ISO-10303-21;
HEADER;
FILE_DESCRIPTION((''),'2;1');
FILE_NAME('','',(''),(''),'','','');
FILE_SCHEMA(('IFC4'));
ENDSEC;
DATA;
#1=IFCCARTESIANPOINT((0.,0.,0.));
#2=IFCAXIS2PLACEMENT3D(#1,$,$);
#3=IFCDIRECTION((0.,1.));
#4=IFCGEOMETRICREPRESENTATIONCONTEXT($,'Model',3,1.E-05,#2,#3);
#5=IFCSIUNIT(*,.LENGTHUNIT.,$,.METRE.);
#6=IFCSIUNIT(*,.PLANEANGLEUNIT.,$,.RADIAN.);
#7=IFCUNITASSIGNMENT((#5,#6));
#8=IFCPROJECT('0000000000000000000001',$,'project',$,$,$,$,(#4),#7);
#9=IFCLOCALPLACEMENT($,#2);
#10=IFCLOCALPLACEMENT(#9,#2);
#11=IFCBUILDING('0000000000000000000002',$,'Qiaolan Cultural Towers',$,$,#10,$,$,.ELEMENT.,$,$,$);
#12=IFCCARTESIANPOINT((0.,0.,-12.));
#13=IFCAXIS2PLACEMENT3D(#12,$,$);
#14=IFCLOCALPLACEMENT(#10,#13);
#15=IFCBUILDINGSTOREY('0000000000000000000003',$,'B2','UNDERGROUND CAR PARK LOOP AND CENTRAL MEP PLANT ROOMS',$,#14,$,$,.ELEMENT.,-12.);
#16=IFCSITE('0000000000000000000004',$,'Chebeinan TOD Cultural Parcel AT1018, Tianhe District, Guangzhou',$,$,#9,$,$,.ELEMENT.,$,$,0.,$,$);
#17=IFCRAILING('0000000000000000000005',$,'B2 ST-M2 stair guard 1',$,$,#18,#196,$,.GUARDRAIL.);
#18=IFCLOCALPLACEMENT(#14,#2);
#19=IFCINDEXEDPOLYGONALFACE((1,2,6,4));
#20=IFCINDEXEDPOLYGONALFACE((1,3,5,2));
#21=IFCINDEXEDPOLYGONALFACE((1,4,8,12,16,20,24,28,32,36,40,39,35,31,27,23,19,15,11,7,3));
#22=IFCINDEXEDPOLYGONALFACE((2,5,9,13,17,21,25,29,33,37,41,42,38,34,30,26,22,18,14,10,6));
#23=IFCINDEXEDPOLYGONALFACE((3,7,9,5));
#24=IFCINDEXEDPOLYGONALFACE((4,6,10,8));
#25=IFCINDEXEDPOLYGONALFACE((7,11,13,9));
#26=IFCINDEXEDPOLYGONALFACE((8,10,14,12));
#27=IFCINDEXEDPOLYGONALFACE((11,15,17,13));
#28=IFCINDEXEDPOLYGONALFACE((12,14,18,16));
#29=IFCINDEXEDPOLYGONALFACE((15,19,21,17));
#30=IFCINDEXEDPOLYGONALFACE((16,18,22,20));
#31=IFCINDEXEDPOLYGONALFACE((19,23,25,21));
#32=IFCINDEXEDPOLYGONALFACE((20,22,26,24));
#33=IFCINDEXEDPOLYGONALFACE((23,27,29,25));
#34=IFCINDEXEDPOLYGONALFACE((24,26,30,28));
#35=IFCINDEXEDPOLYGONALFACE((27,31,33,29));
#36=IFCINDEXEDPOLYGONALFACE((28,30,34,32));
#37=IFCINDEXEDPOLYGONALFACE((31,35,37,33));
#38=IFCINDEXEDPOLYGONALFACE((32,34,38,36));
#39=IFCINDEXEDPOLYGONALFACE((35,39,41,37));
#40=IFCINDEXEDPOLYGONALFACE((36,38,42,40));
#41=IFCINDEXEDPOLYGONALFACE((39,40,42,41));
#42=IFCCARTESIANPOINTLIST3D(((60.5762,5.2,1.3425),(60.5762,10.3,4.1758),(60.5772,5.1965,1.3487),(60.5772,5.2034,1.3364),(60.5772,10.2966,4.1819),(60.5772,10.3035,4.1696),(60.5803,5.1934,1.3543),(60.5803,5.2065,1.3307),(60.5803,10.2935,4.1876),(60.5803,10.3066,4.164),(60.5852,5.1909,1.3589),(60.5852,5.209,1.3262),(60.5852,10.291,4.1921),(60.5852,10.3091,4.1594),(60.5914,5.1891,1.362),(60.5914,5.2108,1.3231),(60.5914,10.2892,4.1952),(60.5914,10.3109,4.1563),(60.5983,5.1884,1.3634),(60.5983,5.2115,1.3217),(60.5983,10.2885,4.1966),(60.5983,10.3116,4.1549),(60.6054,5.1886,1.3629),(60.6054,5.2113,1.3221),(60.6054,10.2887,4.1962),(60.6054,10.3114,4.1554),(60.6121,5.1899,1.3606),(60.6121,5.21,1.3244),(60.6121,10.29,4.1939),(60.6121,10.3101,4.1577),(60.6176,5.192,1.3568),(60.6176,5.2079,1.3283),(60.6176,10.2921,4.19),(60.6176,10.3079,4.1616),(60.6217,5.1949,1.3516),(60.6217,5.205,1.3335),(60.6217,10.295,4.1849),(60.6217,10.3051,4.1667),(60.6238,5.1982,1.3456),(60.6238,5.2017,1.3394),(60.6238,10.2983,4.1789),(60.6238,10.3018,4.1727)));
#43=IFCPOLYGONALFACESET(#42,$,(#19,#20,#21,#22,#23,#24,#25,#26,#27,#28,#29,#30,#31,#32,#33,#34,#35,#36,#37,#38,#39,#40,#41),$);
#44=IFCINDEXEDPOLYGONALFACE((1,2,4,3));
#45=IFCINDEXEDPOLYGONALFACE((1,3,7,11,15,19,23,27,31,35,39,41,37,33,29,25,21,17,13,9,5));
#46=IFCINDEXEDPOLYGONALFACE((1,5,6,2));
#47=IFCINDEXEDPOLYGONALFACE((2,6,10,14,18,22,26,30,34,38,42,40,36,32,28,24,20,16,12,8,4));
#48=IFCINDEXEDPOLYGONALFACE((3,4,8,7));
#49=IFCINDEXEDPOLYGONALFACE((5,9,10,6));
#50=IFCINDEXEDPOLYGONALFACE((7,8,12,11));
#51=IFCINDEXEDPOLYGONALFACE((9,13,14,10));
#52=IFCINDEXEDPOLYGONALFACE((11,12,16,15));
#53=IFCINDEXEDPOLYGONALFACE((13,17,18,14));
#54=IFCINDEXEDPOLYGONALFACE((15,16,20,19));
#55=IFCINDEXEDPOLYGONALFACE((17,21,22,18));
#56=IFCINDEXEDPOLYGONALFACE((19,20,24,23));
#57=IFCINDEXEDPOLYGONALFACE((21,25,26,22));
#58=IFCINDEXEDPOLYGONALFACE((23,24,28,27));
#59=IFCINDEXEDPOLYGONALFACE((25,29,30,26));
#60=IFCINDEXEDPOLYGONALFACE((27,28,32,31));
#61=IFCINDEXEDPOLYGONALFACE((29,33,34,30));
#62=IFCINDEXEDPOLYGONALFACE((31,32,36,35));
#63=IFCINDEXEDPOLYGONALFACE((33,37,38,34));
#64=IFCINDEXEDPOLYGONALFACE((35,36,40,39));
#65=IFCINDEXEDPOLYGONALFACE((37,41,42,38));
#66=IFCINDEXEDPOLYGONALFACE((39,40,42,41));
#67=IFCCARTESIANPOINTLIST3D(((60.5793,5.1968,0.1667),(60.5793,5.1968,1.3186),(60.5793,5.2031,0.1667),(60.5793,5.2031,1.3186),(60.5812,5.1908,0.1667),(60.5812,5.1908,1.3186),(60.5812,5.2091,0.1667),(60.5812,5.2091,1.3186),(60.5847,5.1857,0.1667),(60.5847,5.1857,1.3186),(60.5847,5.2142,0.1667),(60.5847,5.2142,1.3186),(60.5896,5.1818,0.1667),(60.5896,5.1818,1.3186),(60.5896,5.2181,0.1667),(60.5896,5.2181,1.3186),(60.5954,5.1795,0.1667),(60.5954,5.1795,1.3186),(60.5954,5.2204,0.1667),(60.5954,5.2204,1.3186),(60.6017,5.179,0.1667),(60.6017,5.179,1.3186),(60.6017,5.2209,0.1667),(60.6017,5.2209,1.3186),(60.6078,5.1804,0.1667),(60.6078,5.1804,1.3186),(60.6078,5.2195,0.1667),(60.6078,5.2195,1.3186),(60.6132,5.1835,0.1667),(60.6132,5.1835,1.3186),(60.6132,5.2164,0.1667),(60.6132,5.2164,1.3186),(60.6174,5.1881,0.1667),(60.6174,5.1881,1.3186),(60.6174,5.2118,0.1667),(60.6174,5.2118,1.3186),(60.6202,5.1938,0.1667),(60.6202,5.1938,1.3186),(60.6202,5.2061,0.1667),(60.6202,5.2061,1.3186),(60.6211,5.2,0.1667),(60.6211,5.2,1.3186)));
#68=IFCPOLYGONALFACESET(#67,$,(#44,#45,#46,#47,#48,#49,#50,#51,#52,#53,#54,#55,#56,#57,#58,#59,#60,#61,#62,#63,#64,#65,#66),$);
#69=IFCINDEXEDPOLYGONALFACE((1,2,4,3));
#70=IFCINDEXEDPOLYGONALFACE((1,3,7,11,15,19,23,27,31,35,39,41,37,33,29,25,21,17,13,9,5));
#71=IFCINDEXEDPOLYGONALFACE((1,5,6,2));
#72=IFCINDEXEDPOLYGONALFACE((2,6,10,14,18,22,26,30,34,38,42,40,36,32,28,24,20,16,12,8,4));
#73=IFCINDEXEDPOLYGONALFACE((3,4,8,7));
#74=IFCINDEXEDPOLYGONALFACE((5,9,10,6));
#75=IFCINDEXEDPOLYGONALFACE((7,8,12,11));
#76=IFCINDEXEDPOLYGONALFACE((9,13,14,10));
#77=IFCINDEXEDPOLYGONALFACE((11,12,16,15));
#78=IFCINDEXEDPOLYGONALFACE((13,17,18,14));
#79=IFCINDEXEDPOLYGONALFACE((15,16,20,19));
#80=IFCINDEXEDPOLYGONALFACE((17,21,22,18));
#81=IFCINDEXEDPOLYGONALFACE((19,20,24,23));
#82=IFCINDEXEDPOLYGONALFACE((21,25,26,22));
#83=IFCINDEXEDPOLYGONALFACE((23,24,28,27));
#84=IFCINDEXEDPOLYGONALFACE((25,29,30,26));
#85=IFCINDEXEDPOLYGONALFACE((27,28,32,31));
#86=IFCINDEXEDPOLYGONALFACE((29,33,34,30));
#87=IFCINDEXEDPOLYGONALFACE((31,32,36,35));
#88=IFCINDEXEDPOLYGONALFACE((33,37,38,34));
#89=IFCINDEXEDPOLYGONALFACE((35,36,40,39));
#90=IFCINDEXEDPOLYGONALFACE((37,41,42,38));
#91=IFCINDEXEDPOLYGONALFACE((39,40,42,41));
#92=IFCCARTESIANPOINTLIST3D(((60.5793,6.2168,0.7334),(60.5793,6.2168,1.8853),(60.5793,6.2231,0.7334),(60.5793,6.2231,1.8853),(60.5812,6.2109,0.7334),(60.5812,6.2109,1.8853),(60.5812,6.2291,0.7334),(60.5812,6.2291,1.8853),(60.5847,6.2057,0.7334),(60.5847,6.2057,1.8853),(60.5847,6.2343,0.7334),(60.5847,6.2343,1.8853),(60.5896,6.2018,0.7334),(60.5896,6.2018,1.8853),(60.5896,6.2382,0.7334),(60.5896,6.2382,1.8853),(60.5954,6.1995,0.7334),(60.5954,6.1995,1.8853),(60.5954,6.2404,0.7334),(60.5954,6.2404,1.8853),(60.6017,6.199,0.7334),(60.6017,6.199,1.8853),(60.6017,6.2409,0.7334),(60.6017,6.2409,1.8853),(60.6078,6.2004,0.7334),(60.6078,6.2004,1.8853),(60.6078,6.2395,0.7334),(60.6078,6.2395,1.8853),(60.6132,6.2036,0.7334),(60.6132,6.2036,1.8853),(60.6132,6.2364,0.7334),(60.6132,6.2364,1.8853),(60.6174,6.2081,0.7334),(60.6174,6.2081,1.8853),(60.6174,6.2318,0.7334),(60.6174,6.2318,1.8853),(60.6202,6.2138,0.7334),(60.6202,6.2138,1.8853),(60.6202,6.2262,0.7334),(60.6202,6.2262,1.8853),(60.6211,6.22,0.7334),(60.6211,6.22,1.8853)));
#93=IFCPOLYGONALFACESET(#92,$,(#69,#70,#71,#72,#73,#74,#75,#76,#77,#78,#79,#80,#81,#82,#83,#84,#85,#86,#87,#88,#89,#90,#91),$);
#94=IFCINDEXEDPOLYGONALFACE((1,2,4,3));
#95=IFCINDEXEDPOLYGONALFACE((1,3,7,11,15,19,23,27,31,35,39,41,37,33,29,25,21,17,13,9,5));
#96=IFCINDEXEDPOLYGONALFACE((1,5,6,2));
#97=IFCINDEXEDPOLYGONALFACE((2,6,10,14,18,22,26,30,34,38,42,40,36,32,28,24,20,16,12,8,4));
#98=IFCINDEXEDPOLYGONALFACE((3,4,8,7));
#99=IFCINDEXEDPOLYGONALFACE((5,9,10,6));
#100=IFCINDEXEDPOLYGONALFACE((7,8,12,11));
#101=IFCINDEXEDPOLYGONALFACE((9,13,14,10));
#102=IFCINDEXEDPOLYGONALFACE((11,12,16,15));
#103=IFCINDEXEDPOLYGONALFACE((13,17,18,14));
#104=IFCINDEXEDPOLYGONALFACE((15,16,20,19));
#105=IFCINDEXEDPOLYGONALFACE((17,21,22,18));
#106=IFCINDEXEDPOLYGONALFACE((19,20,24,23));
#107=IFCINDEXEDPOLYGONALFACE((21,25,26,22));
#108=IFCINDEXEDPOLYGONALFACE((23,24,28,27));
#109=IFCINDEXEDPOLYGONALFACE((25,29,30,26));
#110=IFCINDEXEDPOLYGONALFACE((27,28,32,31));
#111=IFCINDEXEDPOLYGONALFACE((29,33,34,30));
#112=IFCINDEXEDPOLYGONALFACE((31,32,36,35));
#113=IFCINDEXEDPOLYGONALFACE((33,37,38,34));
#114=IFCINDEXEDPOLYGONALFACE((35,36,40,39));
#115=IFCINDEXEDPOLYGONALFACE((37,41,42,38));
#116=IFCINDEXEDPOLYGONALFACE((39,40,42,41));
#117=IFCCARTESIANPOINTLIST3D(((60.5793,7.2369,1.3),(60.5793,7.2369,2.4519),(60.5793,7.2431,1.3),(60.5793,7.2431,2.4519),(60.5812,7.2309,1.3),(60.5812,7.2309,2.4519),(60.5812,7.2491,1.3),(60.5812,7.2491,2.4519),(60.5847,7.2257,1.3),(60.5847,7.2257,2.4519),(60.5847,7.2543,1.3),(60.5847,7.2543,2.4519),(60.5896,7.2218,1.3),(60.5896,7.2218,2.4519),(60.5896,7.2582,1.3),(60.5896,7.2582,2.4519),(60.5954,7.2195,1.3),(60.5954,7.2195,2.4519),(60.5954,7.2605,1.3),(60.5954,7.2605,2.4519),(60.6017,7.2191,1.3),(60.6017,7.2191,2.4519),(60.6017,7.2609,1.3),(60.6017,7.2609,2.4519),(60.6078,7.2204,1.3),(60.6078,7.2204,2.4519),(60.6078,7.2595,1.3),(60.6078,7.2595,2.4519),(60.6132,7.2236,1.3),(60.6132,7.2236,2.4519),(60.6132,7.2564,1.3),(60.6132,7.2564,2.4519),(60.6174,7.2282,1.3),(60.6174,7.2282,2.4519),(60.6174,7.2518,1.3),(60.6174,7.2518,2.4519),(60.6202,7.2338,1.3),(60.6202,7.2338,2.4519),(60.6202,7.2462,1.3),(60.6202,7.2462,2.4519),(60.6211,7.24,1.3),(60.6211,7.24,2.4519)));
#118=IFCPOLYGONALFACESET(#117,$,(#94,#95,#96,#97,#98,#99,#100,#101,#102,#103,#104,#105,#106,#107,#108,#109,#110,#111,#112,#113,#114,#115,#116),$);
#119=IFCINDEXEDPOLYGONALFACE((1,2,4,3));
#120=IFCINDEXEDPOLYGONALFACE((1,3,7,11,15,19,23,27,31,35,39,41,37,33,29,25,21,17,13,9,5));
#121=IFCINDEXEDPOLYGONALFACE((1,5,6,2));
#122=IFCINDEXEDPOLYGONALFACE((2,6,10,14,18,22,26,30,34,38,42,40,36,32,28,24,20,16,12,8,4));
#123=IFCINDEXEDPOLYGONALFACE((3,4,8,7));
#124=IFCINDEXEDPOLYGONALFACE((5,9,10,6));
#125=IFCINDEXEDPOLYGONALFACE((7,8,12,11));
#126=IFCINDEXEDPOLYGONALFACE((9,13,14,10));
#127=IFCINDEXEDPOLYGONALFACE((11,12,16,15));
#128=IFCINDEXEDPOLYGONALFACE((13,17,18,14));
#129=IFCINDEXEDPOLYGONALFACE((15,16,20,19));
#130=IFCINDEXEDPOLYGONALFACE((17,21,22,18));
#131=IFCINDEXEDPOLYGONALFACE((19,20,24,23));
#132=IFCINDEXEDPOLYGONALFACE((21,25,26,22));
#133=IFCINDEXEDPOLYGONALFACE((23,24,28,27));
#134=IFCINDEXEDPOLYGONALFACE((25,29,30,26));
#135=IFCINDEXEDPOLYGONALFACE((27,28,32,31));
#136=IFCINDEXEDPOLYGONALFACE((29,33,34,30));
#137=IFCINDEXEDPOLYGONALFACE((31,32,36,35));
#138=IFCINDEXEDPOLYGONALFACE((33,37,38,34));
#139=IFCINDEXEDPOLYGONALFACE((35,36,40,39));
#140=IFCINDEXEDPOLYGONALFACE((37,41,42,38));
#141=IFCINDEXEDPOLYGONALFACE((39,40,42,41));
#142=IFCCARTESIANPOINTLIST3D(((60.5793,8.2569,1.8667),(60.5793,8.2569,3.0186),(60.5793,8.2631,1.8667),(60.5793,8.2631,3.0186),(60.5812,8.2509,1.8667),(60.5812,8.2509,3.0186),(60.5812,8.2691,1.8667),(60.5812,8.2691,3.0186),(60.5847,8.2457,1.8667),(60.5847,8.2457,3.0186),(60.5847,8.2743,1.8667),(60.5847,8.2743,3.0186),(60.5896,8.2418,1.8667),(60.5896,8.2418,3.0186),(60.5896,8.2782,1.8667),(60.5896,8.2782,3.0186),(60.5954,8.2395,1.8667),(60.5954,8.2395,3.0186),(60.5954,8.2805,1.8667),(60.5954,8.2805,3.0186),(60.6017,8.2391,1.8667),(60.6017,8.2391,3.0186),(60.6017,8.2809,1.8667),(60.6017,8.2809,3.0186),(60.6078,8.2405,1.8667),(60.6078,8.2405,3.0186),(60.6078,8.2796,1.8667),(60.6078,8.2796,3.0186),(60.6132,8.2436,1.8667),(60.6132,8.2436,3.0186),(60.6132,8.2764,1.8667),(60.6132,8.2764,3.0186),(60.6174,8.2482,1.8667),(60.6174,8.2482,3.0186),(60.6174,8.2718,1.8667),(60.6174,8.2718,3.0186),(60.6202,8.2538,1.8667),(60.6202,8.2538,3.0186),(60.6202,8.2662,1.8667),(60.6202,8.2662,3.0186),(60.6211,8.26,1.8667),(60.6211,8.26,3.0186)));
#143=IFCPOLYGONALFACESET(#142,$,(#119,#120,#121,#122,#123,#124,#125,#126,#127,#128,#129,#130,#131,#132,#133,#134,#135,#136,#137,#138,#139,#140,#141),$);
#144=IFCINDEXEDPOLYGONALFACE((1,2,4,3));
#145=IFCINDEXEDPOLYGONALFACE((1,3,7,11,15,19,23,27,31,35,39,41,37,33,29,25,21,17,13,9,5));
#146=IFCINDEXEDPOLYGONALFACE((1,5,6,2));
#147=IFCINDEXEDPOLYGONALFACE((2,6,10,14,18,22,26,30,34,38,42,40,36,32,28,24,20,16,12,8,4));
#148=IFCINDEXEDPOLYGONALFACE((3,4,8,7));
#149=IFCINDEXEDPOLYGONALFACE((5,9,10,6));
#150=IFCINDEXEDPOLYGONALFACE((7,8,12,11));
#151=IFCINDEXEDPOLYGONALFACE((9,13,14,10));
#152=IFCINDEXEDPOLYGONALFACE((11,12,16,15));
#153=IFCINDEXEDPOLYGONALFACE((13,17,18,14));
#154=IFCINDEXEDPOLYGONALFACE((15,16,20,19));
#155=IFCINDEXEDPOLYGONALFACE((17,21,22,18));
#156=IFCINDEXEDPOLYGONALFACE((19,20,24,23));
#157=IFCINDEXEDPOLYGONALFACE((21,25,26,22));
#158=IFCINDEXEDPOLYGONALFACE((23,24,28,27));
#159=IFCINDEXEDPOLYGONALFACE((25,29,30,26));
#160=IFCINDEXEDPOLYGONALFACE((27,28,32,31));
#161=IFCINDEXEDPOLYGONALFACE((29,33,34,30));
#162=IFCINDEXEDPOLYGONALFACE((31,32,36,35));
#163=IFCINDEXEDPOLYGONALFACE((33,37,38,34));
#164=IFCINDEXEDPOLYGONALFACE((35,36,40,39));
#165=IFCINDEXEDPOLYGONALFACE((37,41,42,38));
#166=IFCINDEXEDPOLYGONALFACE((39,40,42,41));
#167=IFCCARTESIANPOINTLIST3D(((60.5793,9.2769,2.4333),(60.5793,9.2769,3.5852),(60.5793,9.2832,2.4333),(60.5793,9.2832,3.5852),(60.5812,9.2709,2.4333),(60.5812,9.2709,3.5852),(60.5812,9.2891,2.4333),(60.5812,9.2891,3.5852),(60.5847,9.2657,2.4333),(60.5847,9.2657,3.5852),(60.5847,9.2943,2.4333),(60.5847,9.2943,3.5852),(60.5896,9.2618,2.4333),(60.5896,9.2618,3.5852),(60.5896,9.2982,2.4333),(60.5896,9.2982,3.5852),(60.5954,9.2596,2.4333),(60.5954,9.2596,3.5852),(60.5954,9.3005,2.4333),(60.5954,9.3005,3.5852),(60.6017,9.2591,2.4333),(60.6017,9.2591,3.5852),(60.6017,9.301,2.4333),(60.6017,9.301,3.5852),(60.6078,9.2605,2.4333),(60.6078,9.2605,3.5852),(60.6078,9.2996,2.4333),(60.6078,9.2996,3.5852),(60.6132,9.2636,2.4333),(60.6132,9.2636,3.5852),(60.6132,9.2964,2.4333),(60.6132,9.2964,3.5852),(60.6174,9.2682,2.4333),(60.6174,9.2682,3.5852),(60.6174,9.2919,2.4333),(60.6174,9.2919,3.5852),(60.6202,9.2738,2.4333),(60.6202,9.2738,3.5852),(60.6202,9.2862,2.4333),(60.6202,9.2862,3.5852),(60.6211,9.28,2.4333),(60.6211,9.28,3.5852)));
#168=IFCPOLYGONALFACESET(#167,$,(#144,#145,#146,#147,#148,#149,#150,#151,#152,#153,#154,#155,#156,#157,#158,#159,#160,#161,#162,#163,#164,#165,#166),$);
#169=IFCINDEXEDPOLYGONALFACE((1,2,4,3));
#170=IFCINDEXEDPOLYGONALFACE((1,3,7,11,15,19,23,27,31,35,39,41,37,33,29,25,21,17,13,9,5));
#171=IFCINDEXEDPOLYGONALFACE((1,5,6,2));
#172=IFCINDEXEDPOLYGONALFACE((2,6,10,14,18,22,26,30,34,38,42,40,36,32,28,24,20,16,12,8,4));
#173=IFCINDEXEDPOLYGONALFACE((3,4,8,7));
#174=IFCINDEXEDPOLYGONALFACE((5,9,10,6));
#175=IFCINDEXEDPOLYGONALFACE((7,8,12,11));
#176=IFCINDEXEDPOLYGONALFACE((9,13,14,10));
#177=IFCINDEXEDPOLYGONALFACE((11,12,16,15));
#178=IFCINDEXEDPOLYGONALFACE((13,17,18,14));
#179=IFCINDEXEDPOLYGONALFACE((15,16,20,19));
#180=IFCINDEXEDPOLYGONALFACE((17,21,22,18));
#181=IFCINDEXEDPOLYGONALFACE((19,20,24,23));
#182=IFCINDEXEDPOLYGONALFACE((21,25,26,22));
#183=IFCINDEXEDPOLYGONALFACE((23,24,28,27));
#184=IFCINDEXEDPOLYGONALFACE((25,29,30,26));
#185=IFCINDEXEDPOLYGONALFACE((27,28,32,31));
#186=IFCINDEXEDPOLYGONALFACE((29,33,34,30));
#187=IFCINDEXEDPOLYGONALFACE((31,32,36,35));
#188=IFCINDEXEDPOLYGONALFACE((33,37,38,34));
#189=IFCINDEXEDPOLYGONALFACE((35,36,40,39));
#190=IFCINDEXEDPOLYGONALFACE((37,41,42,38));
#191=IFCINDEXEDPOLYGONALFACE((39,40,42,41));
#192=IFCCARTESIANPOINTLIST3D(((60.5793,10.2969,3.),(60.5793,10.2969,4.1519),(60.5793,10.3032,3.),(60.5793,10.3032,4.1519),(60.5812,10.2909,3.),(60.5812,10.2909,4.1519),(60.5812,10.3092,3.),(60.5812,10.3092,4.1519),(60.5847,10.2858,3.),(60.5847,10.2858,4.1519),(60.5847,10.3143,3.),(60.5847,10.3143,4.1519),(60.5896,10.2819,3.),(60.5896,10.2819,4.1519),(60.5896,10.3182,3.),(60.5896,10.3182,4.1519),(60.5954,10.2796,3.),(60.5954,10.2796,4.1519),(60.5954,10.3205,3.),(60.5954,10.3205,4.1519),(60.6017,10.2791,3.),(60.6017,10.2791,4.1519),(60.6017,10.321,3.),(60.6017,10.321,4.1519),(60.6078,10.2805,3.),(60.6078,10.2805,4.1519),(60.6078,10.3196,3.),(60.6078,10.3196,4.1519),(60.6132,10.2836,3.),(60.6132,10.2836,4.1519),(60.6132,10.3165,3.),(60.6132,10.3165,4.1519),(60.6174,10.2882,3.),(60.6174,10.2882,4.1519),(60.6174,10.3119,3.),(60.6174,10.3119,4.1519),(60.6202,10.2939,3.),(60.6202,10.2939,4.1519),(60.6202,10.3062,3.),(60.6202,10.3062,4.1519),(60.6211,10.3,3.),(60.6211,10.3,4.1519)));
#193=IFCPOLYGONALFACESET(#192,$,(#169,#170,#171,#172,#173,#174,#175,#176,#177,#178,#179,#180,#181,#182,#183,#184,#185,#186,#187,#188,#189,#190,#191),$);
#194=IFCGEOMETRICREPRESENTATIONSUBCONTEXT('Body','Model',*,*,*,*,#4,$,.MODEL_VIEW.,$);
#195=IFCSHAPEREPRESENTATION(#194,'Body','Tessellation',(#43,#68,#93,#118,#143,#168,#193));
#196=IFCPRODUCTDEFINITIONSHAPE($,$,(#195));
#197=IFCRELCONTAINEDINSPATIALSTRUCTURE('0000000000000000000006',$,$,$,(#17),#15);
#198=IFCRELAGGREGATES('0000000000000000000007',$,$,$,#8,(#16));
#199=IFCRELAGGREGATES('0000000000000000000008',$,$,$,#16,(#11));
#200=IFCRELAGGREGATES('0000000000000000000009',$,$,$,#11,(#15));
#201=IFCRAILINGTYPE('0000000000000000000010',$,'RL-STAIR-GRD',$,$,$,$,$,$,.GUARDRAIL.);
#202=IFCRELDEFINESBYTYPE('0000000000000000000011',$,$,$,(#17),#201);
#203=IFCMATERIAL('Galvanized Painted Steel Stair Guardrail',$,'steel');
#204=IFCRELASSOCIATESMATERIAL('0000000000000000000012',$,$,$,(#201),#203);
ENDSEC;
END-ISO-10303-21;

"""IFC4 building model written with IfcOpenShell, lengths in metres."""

from ifc_helpers import new_model, si_unit, direction, frame, origin, origin_2d, place, context, subcontext, project, spatial, circle, extrude, material, type_object, element, save


model = new_model("IFC4")

# Units and contexts
model_context = context("Model", 3, precision=1e-05, world=origin(), true_north=direction((0.0, 1.0)))
body_context = subcontext(model_context, "Body", "Model", "MODEL_VIEW")
ifc_project = project(units=[si_unit("LENGTHUNIT", "METRE"), si_unit("PLANEANGLEUNIT", "RADIAN")], contexts=[model_context])

# Site, building, storey
site_placement = place(None, origin())
site = spatial("IfcSite", under=ifc_project, at=site_placement, Name="Chebeinan TOD Cultural Parcel AT1018, Tianhe District, Guangzhou", CompositionType="ELEMENT", RefElevation=0.0)
building_placement = place(site_placement, origin())
building = spatial("IfcBuilding", under=site, at=building_placement, Name="Qiaolan Cultural Towers", CompositionType="ELEMENT")
storey_placement = place(building_placement, frame((0.0, 0.0, -12.0)))
storey = spatial("IfcBuildingStorey", under=building, at=storey_placement, Name="B2", Description="UNDERGROUND CAR PARK LOOP AND CENTRAL MEP PLANT ROOMS", CompositionType="ELEMENT", Elevation=-12.0)

# Railing
ifc_material_1 = material(Name="Galvanized Painted Steel Stair Guardrail", Category="steel")
railing_type_1 = type_object("IfcRailingType", Name="RL-STAIR-GRD", PredefinedType="GUARDRAIL", material=ifc_material_1)
railing_1_placement = place(storey_placement, frame((60.6001, 5.2, 0.1667)))
element("IfcRailing", 1, at=railing_1_placement, inside=storey, type_object=railing_type_1, Name="B2 ST-M2 stair guard 1", PredefinedType="GUARDRAIL", context=body_context, shape_type="SweptSolid", body=[
    extrude(circle(Radius=0.0239, at=origin_2d()), frame((0.0, 0.0, 1.1758), z_axis=(0.0, 0.874167, 0.485625), x_axis=(-1.0, 0.0, 0.0)), (0.0, 0.0, 1.0), 5.8342),
    extrude(circle(Radius=0.021, at=origin_2d()), origin(), (0.0, 0.0, 1.0), 1.1519),
    extrude(circle(Radius=0.021, at=origin_2d()), frame((0.0, 1.02, 0.5667)), (0.0, 0.0, 1.0), 1.1519),
    extrude(circle(Radius=0.021, at=origin_2d()), frame((0.0, 2.04, 1.1333)), (0.0, 0.0, 1.0), 1.1519),
    extrude(circle(Radius=0.021, at=origin_2d()), frame((0.0, 3.0601, 1.7)), (0.0, 0.0, 1.0), 1.1519),
    extrude(circle(Radius=0.021, at=origin_2d()), frame((0.0, 4.0801, 2.2666)), (0.0, 0.0, 1.0), 1.1519),
    extrude(circle(Radius=0.021, at=origin_2d()), frame((0.0, 5.1001, 2.8333)), (0.0, 0.0, 1.0), 1.1519),
])

save(model, "model.ifc")
